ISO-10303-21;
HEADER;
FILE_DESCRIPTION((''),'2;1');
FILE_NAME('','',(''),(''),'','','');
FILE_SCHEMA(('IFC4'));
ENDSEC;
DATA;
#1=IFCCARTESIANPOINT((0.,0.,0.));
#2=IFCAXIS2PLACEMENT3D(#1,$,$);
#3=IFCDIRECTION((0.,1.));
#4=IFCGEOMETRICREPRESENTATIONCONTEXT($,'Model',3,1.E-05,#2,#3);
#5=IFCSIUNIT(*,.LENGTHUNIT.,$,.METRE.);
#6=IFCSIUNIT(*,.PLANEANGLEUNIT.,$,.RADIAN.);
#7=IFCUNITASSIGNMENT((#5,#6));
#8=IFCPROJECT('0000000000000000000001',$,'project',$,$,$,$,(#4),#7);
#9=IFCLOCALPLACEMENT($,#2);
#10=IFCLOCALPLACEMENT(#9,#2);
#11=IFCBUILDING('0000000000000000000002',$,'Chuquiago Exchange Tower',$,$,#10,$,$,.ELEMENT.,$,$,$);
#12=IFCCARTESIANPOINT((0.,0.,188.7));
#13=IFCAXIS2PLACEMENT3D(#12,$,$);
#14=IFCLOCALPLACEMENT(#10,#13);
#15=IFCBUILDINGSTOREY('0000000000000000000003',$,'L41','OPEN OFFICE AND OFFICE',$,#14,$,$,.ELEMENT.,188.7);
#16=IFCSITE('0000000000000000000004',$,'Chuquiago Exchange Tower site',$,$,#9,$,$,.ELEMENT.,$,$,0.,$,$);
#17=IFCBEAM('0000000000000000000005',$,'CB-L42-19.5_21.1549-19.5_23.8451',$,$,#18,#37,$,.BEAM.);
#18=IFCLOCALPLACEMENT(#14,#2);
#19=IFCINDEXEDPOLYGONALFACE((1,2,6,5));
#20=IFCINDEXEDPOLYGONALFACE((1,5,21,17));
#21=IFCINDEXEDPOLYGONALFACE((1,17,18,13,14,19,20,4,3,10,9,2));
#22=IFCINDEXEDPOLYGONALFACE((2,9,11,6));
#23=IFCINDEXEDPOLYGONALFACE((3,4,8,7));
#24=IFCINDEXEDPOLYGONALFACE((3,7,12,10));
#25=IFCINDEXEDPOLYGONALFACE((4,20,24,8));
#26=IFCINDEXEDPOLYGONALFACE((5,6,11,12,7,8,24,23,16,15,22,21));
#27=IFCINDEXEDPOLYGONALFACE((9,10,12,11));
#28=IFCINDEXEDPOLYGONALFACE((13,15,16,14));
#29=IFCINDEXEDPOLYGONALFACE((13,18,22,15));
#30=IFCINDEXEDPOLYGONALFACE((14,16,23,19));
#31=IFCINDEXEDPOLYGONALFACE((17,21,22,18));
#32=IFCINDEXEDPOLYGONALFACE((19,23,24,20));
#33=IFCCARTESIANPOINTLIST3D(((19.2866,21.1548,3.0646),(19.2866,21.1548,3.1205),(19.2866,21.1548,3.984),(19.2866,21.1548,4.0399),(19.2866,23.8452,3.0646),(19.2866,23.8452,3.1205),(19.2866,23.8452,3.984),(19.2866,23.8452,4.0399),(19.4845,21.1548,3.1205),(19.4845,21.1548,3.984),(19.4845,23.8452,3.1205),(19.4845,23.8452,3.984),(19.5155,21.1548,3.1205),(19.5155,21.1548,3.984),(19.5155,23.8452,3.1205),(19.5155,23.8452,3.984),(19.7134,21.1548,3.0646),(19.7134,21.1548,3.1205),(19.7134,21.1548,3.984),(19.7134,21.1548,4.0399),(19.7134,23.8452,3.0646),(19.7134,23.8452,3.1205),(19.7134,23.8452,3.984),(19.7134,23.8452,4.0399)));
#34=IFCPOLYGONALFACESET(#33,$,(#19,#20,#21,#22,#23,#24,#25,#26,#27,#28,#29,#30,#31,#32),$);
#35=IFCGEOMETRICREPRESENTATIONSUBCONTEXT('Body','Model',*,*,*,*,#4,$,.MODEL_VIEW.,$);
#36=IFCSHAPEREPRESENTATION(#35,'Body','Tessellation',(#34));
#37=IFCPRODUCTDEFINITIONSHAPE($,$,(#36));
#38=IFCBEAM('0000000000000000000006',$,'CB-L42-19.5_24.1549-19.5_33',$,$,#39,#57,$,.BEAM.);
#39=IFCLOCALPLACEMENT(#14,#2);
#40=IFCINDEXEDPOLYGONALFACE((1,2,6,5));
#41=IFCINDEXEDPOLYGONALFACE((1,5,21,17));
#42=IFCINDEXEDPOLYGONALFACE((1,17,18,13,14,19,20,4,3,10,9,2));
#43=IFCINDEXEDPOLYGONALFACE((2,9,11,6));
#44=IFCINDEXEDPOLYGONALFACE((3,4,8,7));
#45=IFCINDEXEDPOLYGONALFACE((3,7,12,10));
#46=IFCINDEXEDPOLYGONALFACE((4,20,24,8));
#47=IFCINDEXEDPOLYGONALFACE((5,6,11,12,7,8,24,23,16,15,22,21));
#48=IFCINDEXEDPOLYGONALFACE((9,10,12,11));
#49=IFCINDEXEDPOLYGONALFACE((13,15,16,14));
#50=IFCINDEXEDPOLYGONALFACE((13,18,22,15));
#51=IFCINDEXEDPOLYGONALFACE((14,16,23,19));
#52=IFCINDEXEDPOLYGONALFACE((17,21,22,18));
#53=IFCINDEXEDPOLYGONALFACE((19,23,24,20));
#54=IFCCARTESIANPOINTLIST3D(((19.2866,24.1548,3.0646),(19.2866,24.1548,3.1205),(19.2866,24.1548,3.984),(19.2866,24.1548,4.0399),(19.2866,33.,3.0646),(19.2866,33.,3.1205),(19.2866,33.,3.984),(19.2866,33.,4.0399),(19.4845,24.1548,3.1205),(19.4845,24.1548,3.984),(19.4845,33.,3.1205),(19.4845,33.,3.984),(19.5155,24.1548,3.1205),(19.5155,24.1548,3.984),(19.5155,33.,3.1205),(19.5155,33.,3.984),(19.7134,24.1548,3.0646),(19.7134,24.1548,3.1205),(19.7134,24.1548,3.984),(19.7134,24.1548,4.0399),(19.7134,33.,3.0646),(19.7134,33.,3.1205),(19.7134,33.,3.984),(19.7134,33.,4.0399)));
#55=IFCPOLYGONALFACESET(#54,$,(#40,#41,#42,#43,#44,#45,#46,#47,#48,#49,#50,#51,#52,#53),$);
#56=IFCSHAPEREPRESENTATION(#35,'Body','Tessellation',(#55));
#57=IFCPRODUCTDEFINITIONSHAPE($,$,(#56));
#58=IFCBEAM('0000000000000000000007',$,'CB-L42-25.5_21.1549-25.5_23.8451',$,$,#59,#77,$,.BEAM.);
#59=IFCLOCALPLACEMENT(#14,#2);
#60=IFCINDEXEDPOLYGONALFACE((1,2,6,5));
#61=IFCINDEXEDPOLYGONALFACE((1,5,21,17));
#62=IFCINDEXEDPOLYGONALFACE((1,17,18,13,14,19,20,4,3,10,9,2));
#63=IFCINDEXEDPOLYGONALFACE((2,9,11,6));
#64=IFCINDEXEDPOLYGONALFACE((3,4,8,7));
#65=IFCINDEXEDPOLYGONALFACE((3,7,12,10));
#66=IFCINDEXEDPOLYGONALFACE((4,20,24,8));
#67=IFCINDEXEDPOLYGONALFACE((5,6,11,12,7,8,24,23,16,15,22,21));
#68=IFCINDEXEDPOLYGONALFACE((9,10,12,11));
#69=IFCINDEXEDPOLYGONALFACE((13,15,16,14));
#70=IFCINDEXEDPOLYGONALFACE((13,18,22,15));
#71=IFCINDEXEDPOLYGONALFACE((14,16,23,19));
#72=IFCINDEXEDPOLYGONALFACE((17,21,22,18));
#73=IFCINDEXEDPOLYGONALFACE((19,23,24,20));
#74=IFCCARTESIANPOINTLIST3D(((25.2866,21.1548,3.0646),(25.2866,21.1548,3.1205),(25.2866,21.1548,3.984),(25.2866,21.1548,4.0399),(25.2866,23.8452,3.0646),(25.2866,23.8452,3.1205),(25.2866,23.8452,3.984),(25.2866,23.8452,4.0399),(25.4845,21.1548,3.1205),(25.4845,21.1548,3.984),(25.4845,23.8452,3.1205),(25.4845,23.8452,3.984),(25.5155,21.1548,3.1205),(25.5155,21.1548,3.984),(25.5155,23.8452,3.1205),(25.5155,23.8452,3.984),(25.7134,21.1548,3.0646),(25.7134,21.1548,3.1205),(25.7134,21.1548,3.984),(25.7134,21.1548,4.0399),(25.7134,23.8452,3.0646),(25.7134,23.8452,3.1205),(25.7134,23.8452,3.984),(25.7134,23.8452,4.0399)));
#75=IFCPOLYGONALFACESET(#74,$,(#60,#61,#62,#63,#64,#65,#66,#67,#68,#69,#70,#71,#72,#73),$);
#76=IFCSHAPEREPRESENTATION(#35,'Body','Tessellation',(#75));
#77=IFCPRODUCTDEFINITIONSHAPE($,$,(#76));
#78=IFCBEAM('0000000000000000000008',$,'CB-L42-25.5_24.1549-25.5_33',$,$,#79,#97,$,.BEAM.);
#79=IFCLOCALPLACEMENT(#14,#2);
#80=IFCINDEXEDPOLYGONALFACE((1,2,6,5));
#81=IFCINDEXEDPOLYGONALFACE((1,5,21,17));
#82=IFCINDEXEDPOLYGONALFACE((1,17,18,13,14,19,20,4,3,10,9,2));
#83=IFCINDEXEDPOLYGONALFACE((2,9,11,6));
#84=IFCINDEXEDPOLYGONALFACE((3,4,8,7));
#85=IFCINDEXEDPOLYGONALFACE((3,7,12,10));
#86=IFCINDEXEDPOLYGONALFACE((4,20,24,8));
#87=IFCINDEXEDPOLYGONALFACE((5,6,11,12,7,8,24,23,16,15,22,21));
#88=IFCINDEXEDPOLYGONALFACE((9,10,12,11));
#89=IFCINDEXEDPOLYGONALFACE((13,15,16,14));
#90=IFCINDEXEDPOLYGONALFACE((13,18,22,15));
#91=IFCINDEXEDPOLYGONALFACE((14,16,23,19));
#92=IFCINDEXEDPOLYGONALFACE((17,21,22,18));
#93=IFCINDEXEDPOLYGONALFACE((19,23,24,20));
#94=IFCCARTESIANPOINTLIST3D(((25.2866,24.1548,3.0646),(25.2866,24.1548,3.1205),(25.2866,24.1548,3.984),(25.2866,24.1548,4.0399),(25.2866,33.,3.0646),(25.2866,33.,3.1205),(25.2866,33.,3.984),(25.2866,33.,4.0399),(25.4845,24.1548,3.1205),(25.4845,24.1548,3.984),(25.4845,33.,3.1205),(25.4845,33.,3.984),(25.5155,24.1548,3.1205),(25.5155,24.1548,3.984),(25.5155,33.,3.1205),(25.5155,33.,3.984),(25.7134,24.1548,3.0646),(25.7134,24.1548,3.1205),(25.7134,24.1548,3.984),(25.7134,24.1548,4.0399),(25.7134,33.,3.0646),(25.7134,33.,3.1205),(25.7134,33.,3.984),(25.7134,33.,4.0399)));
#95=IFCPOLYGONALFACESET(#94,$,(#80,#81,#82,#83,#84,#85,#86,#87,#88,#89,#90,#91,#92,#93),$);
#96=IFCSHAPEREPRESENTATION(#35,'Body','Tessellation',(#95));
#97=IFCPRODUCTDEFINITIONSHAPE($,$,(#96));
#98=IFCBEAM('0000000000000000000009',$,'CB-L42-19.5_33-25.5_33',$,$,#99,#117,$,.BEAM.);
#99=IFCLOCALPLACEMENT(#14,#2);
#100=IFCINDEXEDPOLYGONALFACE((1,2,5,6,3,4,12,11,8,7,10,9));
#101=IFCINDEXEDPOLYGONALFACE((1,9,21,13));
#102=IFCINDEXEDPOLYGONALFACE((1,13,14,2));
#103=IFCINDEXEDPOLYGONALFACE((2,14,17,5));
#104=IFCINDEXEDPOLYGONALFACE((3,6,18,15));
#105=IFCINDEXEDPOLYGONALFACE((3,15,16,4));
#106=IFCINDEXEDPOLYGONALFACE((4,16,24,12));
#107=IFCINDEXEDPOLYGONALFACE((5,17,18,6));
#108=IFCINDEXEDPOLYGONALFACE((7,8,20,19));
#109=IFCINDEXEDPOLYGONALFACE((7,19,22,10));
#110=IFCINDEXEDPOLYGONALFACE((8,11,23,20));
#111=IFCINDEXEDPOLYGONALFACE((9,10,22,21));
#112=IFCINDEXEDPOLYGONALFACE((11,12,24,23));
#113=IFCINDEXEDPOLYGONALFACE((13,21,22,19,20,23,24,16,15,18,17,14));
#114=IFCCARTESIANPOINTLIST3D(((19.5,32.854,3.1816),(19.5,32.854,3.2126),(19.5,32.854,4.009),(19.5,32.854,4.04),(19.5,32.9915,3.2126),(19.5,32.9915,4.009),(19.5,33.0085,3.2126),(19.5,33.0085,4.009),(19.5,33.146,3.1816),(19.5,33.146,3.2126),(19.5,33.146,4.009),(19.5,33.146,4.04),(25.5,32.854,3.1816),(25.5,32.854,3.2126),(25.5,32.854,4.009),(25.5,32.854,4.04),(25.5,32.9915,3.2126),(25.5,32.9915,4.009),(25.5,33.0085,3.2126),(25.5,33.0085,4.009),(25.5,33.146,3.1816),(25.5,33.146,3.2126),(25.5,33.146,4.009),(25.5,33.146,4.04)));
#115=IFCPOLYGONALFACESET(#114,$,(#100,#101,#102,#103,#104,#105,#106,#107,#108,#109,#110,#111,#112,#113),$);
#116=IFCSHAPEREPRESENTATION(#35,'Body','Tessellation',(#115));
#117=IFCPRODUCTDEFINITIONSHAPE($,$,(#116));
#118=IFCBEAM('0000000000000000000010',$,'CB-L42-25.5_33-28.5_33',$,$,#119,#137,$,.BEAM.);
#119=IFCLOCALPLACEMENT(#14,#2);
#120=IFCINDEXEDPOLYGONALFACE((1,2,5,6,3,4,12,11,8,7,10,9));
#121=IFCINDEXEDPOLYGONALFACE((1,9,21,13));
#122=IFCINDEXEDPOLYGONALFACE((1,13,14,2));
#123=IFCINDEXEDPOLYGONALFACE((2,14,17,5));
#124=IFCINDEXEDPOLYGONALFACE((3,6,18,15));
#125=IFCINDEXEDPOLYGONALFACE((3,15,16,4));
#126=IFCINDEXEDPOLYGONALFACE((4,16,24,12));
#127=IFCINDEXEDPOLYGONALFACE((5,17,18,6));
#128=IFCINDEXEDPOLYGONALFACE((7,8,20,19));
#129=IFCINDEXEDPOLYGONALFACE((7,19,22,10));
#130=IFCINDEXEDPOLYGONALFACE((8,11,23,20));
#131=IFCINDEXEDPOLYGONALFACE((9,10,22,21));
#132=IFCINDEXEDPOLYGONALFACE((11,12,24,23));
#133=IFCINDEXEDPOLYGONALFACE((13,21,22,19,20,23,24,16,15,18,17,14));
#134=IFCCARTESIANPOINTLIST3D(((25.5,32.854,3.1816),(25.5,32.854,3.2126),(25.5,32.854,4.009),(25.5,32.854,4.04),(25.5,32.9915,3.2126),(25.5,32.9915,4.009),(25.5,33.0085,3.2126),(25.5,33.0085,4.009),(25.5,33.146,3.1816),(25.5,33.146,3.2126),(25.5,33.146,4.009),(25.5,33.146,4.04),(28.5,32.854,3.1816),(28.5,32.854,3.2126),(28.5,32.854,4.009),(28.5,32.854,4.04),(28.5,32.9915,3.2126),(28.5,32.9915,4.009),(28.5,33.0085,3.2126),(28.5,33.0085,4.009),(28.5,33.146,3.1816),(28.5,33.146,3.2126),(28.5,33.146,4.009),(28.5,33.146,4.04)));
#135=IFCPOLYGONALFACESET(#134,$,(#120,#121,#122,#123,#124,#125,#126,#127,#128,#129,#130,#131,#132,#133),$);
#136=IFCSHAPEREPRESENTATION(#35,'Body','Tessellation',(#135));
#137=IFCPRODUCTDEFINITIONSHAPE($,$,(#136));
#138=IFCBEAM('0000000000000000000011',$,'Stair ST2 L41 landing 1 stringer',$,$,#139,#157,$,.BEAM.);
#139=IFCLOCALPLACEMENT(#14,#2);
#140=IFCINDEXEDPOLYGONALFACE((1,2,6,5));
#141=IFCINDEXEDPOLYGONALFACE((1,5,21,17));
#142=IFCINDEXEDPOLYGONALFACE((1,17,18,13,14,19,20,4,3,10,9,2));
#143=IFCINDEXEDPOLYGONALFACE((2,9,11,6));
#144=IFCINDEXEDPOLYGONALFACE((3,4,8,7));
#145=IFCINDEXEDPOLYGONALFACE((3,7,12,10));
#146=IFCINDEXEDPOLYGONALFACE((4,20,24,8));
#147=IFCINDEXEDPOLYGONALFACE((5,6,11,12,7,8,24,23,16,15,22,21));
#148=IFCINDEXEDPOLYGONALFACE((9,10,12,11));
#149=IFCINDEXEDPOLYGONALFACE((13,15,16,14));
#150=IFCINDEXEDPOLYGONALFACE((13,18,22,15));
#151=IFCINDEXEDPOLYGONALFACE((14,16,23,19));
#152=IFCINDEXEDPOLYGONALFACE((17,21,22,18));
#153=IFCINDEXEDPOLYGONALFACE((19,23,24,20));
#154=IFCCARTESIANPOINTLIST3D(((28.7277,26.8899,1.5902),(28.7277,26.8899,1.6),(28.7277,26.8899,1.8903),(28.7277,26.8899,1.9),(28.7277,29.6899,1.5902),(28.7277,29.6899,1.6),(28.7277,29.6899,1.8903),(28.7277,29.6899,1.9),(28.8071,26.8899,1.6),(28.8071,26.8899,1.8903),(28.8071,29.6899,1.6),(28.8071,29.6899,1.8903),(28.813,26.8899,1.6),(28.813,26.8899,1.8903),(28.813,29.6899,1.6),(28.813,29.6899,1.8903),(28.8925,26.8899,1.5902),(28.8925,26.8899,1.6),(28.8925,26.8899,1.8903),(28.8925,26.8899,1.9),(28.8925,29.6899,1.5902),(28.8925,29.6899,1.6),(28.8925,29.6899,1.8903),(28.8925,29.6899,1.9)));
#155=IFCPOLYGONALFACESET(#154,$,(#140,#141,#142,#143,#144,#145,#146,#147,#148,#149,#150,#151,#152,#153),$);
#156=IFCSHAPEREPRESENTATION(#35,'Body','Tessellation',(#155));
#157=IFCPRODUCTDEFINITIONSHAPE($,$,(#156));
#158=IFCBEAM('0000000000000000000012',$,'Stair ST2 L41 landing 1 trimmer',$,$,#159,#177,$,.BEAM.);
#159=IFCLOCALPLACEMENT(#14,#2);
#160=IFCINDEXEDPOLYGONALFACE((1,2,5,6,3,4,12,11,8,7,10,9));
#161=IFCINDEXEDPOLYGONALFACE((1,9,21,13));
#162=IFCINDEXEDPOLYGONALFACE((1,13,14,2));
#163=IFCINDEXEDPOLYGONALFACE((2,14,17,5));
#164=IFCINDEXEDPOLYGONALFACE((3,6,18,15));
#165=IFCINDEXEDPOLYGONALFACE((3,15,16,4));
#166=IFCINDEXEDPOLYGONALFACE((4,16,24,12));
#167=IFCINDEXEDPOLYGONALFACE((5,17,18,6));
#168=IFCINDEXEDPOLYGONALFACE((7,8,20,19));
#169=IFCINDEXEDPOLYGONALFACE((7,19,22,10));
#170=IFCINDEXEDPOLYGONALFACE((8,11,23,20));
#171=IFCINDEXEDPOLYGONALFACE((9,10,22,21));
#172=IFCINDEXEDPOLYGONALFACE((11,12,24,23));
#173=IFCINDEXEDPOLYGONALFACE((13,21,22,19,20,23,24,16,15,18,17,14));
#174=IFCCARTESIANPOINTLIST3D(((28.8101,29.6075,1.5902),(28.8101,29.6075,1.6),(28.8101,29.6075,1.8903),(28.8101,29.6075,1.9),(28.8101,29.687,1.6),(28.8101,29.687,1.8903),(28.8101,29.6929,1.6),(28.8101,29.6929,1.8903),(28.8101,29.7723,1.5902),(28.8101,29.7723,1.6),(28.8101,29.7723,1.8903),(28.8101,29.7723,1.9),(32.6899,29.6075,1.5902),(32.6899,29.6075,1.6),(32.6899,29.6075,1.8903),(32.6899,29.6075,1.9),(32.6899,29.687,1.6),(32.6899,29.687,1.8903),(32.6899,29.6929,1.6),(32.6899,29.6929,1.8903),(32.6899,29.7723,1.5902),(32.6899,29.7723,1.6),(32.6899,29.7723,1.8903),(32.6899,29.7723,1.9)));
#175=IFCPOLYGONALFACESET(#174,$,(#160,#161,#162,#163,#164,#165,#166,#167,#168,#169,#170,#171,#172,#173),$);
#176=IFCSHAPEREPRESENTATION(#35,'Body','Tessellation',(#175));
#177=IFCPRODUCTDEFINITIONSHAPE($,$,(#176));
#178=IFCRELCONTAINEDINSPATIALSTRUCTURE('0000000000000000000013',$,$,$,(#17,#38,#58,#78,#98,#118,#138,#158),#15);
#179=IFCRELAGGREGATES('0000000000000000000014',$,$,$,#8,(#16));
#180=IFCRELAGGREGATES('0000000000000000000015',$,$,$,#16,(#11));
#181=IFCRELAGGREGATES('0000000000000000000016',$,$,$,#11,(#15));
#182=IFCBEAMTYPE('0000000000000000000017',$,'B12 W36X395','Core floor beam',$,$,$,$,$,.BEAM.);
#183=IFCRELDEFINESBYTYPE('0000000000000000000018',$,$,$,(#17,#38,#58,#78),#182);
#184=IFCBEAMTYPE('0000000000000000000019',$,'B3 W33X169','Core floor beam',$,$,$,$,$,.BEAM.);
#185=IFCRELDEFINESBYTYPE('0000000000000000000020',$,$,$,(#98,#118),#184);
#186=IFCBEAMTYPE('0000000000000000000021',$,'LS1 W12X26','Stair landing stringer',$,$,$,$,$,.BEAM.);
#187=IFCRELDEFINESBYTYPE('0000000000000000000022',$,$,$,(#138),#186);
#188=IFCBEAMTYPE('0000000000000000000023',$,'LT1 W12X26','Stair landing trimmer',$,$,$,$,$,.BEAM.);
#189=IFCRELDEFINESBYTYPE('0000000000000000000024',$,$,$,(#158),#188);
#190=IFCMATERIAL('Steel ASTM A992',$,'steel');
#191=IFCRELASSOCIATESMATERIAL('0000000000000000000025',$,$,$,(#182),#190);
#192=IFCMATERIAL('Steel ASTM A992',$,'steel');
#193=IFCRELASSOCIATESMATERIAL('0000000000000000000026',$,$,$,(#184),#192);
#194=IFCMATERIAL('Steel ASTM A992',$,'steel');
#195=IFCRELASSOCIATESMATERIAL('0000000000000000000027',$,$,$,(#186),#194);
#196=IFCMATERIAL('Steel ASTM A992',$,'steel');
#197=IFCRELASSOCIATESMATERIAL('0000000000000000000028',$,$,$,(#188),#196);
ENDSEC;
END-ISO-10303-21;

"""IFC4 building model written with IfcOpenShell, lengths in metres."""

from ifc_helpers import new_model, si_unit, direction, frame, origin, origin_2d, place, context, subcontext, project, spatial, i_section, extrude, material, material_profile, profile_set, type_object, element, save


model = new_model("IFC4")

# Units and contexts
model_context = context("Model", 3, precision=1e-05, world=origin(), true_north=direction((0.0, 1.0)))
body_context = subcontext(model_context, "Body", "Model", "MODEL_VIEW")
ifc_project = project(units=[si_unit("LENGTHUNIT", "METRE"), si_unit("PLANEANGLEUNIT", "RADIAN")], contexts=[model_context])

# Site, building, storey
site_placement = place(None, origin())
site = spatial("IfcSite", under=ifc_project, at=site_placement, Name="Chuquiago Exchange Tower site", CompositionType="ELEMENT", RefElevation=0.0)
building_placement = place(site_placement, origin())
building = spatial("IfcBuilding", under=site, at=building_placement, Name="Chuquiago Exchange Tower", CompositionType="ELEMENT")
storey_placement = place(building_placement, frame((0.0, 0.0, 188.7)))
storey = spatial("IfcBuildingStorey", under=building, at=storey_placement, Name="L41", Description="OPEN OFFICE AND OFFICE", CompositionType="ELEMENT", Elevation=188.7)

# Beams
ifc_material_1 = material(Name="Steel ASTM A992", Category="steel")
ifc_material_profile_1 = material_profile(ifc_material_1, i_section(OverallWidth=0.4268, OverallDepth=0.9753, WebThickness=0.031, FlangeThickness=0.0559, at=origin_2d()), Name="W36X395")
ifc_profile_set_1 = profile_set([ifc_material_profile_1], Name="Steel ASTM A992")
beam_type_1 = type_object("IfcBeamType", Name="B12 W36X395", Description="Core floor beam", PredefinedType="BEAM", material=ifc_profile_set_1)
beam_1_placement = place(storey_placement, frame((19.5, 21.1548, 3.5522), z_axis=(0.0, 1.0, 0.0), x_axis=(-1.0, 0.0, 0.0)))
element("IfcBeam", 1, at=beam_1_placement, inside=storey, type_object=beam_type_1, Name="CB-L42-19.5_21.1549-19.5_23.8451", PredefinedType="BEAM", context=body_context, shape_type="SweptSolid", body=[
    extrude(i_section(OverallWidth=0.4268, OverallDepth=0.9753, WebThickness=0.031, FlangeThickness=0.0559, at=origin_2d()), origin(), (0.0, 0.0, 1.0), 2.6904),
])
beam_2_placement = place(storey_placement, frame((19.5, 24.1548, 3.5522), z_axis=(0.0, 1.0, 0.0), x_axis=(-1.0, 0.0, 0.0)))
element("IfcBeam", 2, at=beam_2_placement, inside=storey, type_object=beam_type_1, Name="CB-L42-19.5_24.1549-19.5_33", PredefinedType="BEAM", context=body_context, shape_type="SweptSolid", body=[
    extrude(i_section(OverallWidth=0.4268, OverallDepth=0.9753, WebThickness=0.031, FlangeThickness=0.0559, at=origin_2d()), origin(), (0.0, 0.0, 1.0), 8.8452),
])
beam_3_placement = place(storey_placement, frame((25.5, 21.1548, 3.5522), z_axis=(0.0, 1.0, 0.0), x_axis=(-1.0, 0.0, 0.0)))
element("IfcBeam", 3, at=beam_3_placement, inside=storey, type_object=beam_type_1, Name="CB-L42-25.5_21.1549-25.5_23.8451", PredefinedType="BEAM", context=body_context, shape_type="SweptSolid", body=[
    extrude(i_section(OverallWidth=0.4268, OverallDepth=0.9753, WebThickness=0.031, FlangeThickness=0.0559, at=origin_2d()), origin(), (0.0, 0.0, 1.0), 2.6904),
])
beam_4_placement = place(storey_placement, frame((25.5, 24.1548, 3.5522), z_axis=(0.0, 1.0, 0.0), x_axis=(-1.0, 0.0, 0.0)))
element("IfcBeam", 4, at=beam_4_placement, inside=storey, type_object=beam_type_1, Name="CB-L42-25.5_24.1549-25.5_33", PredefinedType="BEAM", context=body_context, shape_type="SweptSolid", body=[
    extrude(i_section(OverallWidth=0.4268, OverallDepth=0.9753, WebThickness=0.031, FlangeThickness=0.0559, at=origin_2d()), origin(), (0.0, 0.0, 1.0), 8.8452),
])
ifc_material_2 = material(Name="Steel ASTM A992", Category="steel")
ifc_material_profile_2 = material_profile(ifc_material_2, i_section(OverallWidth=0.292, OverallDepth=0.8584, WebThickness=0.0171, FlangeThickness=0.031, at=origin_2d()), Name="W33X169")
ifc_profile_set_2 = profile_set([ifc_material_profile_2], Name="Steel ASTM A992")
beam_type_2 = type_object("IfcBeamType", Name="B3 W33X169", Description="Core floor beam", PredefinedType="BEAM", material=ifc_profile_set_2)
beam_5_placement = place(storey_placement, frame((19.5, 33.0, 3.6108), z_axis=(1.0, 0.0, 0.0), x_axis=(0.0, 1.0, 0.0)))
element("IfcBeam", 5, at=beam_5_placement, inside=storey, type_object=beam_type_2, Name="CB-L42-19.5_33-25.5_33", PredefinedType="BEAM", context=body_context, shape_type="SweptSolid", body=[
    extrude(i_section(OverallWidth=0.292, OverallDepth=0.8584, WebThickness=0.0171, FlangeThickness=0.031, at=origin_2d()), origin(), (0.0, 0.0, 1.0), 6.0),
])
beam_6_placement = place(storey_placement, frame((25.5, 33.0, 3.6108), z_axis=(1.0, 0.0, 0.0), x_axis=(0.0, 1.0, 0.0)))
element("IfcBeam", 6, at=beam_6_placement, inside=storey, type_object=beam_type_2, Name="CB-L42-25.5_33-28.5_33", PredefinedType="BEAM", context=body_context, shape_type="SweptSolid", body=[
    extrude(i_section(OverallWidth=0.292, OverallDepth=0.8584, WebThickness=0.0171, FlangeThickness=0.031, at=origin_2d()), origin(), (0.0, 0.0, 1.0), 3.0),
])
ifc_material_3 = material(Name="Steel ASTM A992", Category="steel")
ifc_material_profile_3 = material_profile(ifc_material_3, i_section(OverallWidth=0.1648, OverallDepth=0.3098, WebThickness=0.0059, FlangeThickness=0.0098, at=origin_2d()), Name="W12X26")
ifc_profile_set_3 = profile_set([ifc_material_profile_3], Name="Steel ASTM A992")
beam_type_3 = type_object("IfcBeamType", Name="LS1 W12X26", Description="Stair landing stringer", PredefinedType="BEAM", material=ifc_profile_set_3)
beam_7_placement = place(storey_placement, frame((28.8101, 26.8899, 1.7451), z_axis=(0.0, 1.0, 0.0), x_axis=(-1.0, 0.0, 0.0)))
element("IfcBeam", 7, at=beam_7_placement, inside=storey, type_object=beam_type_3, Name="Stair ST2 L41 landing 1 stringer", PredefinedType="BEAM", context=body_context, shape_type="SweptSolid", body=[
    extrude(i_section(OverallWidth=0.1648, OverallDepth=0.3098, WebThickness=0.0059, FlangeThickness=0.0098, at=origin_2d()), origin(), (0.0, 0.0, 1.0), 2.8),
])
ifc_material_4 = material(Name="Steel ASTM A992", Category="steel")
ifc_material_profile_4 = material_profile(ifc_material_4, i_section(OverallWidth=0.1648, OverallDepth=0.3098, WebThickness=0.0059, FlangeThickness=0.0098, at=origin_2d()), Name="W12X26")
ifc_profile_set_4 = profile_set([ifc_material_profile_4], Name="Steel ASTM A992")
beam_type_4 = type_object("IfcBeamType", Name="LT1 W12X26", Description="Stair landing trimmer", PredefinedType="BEAM", material=ifc_profile_set_4)
for number, where, z_axis, x_axis, name in (
    (8, (28.8101, 29.6899, 1.7451), (1.0, 0.0, 0.0), (0.0, 1.0, 0.0), "Stair ST2 L41 landing 1 trimmer"),
):
    element("IfcBeam", number, at=place(storey_placement, frame(where, z_axis=z_axis, x_axis=x_axis)), inside=storey, type_object=beam_type_4, Name=name, PredefinedType="BEAM", context=body_context, shape_type="SweptSolid", body=[
        extrude(i_section(OverallWidth=0.1648, OverallDepth=0.3098, WebThickness=0.0059, FlangeThickness=0.0098, at=origin_2d()), origin(), (0.0, 0.0, 1.0), 3.8799),
    ])

save(model, "model.ifc")
